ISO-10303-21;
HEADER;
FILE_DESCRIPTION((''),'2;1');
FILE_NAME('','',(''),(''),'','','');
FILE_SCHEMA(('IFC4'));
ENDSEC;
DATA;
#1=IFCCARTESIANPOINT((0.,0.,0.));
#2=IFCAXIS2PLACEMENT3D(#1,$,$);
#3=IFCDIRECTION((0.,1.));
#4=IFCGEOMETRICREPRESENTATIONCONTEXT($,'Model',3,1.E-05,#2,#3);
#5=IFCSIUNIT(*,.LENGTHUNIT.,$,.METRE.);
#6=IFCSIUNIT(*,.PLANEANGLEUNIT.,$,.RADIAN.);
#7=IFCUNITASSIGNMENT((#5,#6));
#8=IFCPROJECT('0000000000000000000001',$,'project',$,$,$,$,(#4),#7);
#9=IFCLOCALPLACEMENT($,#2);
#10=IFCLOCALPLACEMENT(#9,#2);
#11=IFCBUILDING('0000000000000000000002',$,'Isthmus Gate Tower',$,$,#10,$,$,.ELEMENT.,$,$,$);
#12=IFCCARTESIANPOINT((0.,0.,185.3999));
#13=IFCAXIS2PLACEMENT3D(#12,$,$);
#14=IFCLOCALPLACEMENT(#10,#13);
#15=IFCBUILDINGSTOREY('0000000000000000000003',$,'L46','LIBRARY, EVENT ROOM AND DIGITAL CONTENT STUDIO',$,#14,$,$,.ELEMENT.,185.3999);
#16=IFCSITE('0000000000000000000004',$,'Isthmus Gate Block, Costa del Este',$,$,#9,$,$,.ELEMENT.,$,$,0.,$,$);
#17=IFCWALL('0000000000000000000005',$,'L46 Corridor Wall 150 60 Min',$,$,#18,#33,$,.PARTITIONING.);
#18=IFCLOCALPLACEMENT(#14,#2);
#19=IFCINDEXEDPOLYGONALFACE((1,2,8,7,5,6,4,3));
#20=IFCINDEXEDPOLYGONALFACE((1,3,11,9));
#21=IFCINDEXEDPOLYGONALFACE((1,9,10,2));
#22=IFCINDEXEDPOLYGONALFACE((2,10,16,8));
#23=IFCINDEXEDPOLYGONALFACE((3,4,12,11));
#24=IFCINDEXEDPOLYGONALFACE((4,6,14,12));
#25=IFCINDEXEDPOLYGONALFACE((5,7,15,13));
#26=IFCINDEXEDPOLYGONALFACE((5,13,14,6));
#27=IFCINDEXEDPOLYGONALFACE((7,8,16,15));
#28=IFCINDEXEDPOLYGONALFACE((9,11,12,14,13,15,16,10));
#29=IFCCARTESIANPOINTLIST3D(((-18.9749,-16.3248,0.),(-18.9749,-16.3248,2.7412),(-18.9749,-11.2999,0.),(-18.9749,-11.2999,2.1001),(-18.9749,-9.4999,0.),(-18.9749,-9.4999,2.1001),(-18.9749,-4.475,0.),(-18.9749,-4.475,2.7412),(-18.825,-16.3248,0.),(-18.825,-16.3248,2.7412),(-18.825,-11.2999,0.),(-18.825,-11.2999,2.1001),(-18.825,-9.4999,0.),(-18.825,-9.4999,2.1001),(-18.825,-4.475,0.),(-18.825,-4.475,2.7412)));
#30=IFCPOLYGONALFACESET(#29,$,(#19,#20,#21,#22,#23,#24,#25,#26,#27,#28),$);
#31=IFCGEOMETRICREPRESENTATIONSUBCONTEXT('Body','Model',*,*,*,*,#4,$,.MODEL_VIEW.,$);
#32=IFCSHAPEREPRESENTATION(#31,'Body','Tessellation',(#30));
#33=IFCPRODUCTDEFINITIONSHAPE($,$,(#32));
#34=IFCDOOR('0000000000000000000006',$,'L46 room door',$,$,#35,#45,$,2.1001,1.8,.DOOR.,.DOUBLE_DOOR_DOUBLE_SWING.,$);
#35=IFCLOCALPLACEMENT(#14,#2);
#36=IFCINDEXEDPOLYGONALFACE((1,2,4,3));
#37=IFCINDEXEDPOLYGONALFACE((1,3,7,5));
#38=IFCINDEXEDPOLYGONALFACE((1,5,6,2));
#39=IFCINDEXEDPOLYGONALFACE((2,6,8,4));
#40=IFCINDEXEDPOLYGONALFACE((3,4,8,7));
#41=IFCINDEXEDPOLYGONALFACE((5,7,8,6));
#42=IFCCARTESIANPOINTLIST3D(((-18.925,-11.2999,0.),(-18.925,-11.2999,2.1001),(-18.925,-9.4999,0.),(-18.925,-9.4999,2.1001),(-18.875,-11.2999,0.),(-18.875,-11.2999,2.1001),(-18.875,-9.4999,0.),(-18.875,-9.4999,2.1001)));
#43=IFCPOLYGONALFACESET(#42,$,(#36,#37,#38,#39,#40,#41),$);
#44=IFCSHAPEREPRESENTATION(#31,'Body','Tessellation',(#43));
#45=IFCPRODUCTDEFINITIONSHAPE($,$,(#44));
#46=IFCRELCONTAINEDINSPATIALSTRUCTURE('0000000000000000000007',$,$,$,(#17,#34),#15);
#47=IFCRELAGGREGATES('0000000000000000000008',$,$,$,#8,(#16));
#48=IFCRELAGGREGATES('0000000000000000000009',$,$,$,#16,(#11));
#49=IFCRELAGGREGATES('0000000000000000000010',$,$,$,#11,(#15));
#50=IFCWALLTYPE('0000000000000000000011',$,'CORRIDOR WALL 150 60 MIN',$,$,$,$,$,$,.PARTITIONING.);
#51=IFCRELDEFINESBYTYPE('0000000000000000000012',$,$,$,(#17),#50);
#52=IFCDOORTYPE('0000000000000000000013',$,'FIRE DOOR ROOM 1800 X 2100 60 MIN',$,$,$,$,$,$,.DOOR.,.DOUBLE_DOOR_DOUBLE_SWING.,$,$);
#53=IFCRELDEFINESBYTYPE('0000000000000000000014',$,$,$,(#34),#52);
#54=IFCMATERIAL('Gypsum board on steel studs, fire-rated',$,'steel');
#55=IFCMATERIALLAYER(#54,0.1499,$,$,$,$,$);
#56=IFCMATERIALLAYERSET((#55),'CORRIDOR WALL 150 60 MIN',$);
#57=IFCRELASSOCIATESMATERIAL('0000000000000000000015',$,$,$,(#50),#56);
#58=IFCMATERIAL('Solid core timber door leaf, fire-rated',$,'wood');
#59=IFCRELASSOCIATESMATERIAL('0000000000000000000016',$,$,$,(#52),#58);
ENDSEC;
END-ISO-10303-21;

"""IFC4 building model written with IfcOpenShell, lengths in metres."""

from ifc_helpers import new_model, si_unit, direction, frame, frame_2d, origin, place, context, subcontext, project, spatial, rectangle, extrude, material, layer, layer_set, type_object, element, fill, save


model = new_model("IFC4")

# Units and contexts
model_context = context("Model", 3, precision=1e-05, world=origin(), true_north=direction((0.0, 1.0)))
body_context = subcontext(model_context, "Body", "Model", "MODEL_VIEW")
ifc_project = project(units=[si_unit("LENGTHUNIT", "METRE"), si_unit("PLANEANGLEUNIT", "RADIAN")], contexts=[model_context])

# Site, building, storey
site_placement = place(None, origin())
site = spatial("IfcSite", under=ifc_project, at=site_placement, Name="Isthmus Gate Block, Costa del Este", CompositionType="ELEMENT", RefElevation=0.0)
building_placement = place(site_placement, origin())
building = spatial("IfcBuilding", under=site, at=building_placement, Name="Isthmus Gate Tower", CompositionType="ELEMENT")
storey_placement = place(building_placement, frame((0.0, 0.0, 185.3999)))
storey = spatial("IfcBuildingStorey", under=building, at=storey_placement, Name="L46", Description="LIBRARY, EVENT ROOM AND DIGITAL CONTENT STUDIO", CompositionType="ELEMENT", Elevation=185.3999)

# Shared definitions
ifc_material_1 = material(Name="Gypsum board on steel studs, fire-rated", Category="steel")
ifc_layer_1 = layer(ifc_material_1, 0.1499)
ifc_layer_set_1 = layer_set([ifc_layer_1], Name="CORRIDOR WALL 150 60 MIN")
wall_type_1 = type_object("IfcWallType", Name="CORRIDOR WALL 150 60 MIN", PredefinedType="PARTITIONING", material=ifc_layer_set_1)

# Wall, opening, door
wall_1_placement = place(storey_placement, frame((-18.8999, -4.4751, 0.0), z_axis=(0.0, 0.0, 1.0), x_axis=(0.0, -1.0, 0.0)))
wall_1 = element("IfcWall", 1, at=wall_1_placement, inside=storey, type_object=wall_type_1, Name="L46 Corridor Wall 150 60 Min", PredefinedType="PARTITIONING", context=body_context, shape_type="SweptSolid", body=[
    extrude(rectangle(XDim=11.8499, YDim=0.1499, at=frame_2d((5.9248, 0.0))), origin(), (0.0, 0.0, 1.0), 2.7412),
])
opening_placement = place(wall_1_placement, frame((5.0249, 0.0, 0.0)))
opening = element("IfcOpeningElement", 2, at=opening_placement, cuts=wall_1, PredefinedType="OPENING", context=body_context, shape_type="SweptSolid", body=[
    extrude(rectangle(XDim=1.8, YDim=2.1001, at=frame_2d((0.8999, 1.05))), frame((0.0, 0.085, 0.0), z_axis=(0.0, -1.0, 0.0), x_axis=(1.0, 0.0, 0.0)), (0.0, 0.0, 1.0), 0.1699),
])
ifc_material_2 = material(Name="Solid core timber door leaf, fire-rated", Category="wood")
door_type = type_object("IfcDoorType", Name="FIRE DOOR ROOM 1800 X 2100 60 MIN", OperationType="DOUBLE_DOOR_DOUBLE_SWING", PredefinedType="DOOR", material=ifc_material_2)
door_placement = place(opening_placement, origin())
door = element("IfcDoor", 3, at=door_placement, inside=storey, type_object=door_type, Name="L46 room door", OperationType="DOUBLE_DOOR_DOUBLE_SWING", OverallHeight=2.1001, OverallWidth=1.8, PredefinedType="DOOR", context=body_context, shape_type="SweptSolid", body=[
    extrude(rectangle(XDim=1.8, YDim=2.1001, at=frame_2d((0.8999, 1.05))), frame((0.0, 0.0249, 0.0), z_axis=(0.0, -1.0, 0.0), x_axis=(1.0, 0.0, 0.0)), (0.0, 0.0, 1.0), 0.05),
])
fill(opening, door)

save(model, "model.ifc")
